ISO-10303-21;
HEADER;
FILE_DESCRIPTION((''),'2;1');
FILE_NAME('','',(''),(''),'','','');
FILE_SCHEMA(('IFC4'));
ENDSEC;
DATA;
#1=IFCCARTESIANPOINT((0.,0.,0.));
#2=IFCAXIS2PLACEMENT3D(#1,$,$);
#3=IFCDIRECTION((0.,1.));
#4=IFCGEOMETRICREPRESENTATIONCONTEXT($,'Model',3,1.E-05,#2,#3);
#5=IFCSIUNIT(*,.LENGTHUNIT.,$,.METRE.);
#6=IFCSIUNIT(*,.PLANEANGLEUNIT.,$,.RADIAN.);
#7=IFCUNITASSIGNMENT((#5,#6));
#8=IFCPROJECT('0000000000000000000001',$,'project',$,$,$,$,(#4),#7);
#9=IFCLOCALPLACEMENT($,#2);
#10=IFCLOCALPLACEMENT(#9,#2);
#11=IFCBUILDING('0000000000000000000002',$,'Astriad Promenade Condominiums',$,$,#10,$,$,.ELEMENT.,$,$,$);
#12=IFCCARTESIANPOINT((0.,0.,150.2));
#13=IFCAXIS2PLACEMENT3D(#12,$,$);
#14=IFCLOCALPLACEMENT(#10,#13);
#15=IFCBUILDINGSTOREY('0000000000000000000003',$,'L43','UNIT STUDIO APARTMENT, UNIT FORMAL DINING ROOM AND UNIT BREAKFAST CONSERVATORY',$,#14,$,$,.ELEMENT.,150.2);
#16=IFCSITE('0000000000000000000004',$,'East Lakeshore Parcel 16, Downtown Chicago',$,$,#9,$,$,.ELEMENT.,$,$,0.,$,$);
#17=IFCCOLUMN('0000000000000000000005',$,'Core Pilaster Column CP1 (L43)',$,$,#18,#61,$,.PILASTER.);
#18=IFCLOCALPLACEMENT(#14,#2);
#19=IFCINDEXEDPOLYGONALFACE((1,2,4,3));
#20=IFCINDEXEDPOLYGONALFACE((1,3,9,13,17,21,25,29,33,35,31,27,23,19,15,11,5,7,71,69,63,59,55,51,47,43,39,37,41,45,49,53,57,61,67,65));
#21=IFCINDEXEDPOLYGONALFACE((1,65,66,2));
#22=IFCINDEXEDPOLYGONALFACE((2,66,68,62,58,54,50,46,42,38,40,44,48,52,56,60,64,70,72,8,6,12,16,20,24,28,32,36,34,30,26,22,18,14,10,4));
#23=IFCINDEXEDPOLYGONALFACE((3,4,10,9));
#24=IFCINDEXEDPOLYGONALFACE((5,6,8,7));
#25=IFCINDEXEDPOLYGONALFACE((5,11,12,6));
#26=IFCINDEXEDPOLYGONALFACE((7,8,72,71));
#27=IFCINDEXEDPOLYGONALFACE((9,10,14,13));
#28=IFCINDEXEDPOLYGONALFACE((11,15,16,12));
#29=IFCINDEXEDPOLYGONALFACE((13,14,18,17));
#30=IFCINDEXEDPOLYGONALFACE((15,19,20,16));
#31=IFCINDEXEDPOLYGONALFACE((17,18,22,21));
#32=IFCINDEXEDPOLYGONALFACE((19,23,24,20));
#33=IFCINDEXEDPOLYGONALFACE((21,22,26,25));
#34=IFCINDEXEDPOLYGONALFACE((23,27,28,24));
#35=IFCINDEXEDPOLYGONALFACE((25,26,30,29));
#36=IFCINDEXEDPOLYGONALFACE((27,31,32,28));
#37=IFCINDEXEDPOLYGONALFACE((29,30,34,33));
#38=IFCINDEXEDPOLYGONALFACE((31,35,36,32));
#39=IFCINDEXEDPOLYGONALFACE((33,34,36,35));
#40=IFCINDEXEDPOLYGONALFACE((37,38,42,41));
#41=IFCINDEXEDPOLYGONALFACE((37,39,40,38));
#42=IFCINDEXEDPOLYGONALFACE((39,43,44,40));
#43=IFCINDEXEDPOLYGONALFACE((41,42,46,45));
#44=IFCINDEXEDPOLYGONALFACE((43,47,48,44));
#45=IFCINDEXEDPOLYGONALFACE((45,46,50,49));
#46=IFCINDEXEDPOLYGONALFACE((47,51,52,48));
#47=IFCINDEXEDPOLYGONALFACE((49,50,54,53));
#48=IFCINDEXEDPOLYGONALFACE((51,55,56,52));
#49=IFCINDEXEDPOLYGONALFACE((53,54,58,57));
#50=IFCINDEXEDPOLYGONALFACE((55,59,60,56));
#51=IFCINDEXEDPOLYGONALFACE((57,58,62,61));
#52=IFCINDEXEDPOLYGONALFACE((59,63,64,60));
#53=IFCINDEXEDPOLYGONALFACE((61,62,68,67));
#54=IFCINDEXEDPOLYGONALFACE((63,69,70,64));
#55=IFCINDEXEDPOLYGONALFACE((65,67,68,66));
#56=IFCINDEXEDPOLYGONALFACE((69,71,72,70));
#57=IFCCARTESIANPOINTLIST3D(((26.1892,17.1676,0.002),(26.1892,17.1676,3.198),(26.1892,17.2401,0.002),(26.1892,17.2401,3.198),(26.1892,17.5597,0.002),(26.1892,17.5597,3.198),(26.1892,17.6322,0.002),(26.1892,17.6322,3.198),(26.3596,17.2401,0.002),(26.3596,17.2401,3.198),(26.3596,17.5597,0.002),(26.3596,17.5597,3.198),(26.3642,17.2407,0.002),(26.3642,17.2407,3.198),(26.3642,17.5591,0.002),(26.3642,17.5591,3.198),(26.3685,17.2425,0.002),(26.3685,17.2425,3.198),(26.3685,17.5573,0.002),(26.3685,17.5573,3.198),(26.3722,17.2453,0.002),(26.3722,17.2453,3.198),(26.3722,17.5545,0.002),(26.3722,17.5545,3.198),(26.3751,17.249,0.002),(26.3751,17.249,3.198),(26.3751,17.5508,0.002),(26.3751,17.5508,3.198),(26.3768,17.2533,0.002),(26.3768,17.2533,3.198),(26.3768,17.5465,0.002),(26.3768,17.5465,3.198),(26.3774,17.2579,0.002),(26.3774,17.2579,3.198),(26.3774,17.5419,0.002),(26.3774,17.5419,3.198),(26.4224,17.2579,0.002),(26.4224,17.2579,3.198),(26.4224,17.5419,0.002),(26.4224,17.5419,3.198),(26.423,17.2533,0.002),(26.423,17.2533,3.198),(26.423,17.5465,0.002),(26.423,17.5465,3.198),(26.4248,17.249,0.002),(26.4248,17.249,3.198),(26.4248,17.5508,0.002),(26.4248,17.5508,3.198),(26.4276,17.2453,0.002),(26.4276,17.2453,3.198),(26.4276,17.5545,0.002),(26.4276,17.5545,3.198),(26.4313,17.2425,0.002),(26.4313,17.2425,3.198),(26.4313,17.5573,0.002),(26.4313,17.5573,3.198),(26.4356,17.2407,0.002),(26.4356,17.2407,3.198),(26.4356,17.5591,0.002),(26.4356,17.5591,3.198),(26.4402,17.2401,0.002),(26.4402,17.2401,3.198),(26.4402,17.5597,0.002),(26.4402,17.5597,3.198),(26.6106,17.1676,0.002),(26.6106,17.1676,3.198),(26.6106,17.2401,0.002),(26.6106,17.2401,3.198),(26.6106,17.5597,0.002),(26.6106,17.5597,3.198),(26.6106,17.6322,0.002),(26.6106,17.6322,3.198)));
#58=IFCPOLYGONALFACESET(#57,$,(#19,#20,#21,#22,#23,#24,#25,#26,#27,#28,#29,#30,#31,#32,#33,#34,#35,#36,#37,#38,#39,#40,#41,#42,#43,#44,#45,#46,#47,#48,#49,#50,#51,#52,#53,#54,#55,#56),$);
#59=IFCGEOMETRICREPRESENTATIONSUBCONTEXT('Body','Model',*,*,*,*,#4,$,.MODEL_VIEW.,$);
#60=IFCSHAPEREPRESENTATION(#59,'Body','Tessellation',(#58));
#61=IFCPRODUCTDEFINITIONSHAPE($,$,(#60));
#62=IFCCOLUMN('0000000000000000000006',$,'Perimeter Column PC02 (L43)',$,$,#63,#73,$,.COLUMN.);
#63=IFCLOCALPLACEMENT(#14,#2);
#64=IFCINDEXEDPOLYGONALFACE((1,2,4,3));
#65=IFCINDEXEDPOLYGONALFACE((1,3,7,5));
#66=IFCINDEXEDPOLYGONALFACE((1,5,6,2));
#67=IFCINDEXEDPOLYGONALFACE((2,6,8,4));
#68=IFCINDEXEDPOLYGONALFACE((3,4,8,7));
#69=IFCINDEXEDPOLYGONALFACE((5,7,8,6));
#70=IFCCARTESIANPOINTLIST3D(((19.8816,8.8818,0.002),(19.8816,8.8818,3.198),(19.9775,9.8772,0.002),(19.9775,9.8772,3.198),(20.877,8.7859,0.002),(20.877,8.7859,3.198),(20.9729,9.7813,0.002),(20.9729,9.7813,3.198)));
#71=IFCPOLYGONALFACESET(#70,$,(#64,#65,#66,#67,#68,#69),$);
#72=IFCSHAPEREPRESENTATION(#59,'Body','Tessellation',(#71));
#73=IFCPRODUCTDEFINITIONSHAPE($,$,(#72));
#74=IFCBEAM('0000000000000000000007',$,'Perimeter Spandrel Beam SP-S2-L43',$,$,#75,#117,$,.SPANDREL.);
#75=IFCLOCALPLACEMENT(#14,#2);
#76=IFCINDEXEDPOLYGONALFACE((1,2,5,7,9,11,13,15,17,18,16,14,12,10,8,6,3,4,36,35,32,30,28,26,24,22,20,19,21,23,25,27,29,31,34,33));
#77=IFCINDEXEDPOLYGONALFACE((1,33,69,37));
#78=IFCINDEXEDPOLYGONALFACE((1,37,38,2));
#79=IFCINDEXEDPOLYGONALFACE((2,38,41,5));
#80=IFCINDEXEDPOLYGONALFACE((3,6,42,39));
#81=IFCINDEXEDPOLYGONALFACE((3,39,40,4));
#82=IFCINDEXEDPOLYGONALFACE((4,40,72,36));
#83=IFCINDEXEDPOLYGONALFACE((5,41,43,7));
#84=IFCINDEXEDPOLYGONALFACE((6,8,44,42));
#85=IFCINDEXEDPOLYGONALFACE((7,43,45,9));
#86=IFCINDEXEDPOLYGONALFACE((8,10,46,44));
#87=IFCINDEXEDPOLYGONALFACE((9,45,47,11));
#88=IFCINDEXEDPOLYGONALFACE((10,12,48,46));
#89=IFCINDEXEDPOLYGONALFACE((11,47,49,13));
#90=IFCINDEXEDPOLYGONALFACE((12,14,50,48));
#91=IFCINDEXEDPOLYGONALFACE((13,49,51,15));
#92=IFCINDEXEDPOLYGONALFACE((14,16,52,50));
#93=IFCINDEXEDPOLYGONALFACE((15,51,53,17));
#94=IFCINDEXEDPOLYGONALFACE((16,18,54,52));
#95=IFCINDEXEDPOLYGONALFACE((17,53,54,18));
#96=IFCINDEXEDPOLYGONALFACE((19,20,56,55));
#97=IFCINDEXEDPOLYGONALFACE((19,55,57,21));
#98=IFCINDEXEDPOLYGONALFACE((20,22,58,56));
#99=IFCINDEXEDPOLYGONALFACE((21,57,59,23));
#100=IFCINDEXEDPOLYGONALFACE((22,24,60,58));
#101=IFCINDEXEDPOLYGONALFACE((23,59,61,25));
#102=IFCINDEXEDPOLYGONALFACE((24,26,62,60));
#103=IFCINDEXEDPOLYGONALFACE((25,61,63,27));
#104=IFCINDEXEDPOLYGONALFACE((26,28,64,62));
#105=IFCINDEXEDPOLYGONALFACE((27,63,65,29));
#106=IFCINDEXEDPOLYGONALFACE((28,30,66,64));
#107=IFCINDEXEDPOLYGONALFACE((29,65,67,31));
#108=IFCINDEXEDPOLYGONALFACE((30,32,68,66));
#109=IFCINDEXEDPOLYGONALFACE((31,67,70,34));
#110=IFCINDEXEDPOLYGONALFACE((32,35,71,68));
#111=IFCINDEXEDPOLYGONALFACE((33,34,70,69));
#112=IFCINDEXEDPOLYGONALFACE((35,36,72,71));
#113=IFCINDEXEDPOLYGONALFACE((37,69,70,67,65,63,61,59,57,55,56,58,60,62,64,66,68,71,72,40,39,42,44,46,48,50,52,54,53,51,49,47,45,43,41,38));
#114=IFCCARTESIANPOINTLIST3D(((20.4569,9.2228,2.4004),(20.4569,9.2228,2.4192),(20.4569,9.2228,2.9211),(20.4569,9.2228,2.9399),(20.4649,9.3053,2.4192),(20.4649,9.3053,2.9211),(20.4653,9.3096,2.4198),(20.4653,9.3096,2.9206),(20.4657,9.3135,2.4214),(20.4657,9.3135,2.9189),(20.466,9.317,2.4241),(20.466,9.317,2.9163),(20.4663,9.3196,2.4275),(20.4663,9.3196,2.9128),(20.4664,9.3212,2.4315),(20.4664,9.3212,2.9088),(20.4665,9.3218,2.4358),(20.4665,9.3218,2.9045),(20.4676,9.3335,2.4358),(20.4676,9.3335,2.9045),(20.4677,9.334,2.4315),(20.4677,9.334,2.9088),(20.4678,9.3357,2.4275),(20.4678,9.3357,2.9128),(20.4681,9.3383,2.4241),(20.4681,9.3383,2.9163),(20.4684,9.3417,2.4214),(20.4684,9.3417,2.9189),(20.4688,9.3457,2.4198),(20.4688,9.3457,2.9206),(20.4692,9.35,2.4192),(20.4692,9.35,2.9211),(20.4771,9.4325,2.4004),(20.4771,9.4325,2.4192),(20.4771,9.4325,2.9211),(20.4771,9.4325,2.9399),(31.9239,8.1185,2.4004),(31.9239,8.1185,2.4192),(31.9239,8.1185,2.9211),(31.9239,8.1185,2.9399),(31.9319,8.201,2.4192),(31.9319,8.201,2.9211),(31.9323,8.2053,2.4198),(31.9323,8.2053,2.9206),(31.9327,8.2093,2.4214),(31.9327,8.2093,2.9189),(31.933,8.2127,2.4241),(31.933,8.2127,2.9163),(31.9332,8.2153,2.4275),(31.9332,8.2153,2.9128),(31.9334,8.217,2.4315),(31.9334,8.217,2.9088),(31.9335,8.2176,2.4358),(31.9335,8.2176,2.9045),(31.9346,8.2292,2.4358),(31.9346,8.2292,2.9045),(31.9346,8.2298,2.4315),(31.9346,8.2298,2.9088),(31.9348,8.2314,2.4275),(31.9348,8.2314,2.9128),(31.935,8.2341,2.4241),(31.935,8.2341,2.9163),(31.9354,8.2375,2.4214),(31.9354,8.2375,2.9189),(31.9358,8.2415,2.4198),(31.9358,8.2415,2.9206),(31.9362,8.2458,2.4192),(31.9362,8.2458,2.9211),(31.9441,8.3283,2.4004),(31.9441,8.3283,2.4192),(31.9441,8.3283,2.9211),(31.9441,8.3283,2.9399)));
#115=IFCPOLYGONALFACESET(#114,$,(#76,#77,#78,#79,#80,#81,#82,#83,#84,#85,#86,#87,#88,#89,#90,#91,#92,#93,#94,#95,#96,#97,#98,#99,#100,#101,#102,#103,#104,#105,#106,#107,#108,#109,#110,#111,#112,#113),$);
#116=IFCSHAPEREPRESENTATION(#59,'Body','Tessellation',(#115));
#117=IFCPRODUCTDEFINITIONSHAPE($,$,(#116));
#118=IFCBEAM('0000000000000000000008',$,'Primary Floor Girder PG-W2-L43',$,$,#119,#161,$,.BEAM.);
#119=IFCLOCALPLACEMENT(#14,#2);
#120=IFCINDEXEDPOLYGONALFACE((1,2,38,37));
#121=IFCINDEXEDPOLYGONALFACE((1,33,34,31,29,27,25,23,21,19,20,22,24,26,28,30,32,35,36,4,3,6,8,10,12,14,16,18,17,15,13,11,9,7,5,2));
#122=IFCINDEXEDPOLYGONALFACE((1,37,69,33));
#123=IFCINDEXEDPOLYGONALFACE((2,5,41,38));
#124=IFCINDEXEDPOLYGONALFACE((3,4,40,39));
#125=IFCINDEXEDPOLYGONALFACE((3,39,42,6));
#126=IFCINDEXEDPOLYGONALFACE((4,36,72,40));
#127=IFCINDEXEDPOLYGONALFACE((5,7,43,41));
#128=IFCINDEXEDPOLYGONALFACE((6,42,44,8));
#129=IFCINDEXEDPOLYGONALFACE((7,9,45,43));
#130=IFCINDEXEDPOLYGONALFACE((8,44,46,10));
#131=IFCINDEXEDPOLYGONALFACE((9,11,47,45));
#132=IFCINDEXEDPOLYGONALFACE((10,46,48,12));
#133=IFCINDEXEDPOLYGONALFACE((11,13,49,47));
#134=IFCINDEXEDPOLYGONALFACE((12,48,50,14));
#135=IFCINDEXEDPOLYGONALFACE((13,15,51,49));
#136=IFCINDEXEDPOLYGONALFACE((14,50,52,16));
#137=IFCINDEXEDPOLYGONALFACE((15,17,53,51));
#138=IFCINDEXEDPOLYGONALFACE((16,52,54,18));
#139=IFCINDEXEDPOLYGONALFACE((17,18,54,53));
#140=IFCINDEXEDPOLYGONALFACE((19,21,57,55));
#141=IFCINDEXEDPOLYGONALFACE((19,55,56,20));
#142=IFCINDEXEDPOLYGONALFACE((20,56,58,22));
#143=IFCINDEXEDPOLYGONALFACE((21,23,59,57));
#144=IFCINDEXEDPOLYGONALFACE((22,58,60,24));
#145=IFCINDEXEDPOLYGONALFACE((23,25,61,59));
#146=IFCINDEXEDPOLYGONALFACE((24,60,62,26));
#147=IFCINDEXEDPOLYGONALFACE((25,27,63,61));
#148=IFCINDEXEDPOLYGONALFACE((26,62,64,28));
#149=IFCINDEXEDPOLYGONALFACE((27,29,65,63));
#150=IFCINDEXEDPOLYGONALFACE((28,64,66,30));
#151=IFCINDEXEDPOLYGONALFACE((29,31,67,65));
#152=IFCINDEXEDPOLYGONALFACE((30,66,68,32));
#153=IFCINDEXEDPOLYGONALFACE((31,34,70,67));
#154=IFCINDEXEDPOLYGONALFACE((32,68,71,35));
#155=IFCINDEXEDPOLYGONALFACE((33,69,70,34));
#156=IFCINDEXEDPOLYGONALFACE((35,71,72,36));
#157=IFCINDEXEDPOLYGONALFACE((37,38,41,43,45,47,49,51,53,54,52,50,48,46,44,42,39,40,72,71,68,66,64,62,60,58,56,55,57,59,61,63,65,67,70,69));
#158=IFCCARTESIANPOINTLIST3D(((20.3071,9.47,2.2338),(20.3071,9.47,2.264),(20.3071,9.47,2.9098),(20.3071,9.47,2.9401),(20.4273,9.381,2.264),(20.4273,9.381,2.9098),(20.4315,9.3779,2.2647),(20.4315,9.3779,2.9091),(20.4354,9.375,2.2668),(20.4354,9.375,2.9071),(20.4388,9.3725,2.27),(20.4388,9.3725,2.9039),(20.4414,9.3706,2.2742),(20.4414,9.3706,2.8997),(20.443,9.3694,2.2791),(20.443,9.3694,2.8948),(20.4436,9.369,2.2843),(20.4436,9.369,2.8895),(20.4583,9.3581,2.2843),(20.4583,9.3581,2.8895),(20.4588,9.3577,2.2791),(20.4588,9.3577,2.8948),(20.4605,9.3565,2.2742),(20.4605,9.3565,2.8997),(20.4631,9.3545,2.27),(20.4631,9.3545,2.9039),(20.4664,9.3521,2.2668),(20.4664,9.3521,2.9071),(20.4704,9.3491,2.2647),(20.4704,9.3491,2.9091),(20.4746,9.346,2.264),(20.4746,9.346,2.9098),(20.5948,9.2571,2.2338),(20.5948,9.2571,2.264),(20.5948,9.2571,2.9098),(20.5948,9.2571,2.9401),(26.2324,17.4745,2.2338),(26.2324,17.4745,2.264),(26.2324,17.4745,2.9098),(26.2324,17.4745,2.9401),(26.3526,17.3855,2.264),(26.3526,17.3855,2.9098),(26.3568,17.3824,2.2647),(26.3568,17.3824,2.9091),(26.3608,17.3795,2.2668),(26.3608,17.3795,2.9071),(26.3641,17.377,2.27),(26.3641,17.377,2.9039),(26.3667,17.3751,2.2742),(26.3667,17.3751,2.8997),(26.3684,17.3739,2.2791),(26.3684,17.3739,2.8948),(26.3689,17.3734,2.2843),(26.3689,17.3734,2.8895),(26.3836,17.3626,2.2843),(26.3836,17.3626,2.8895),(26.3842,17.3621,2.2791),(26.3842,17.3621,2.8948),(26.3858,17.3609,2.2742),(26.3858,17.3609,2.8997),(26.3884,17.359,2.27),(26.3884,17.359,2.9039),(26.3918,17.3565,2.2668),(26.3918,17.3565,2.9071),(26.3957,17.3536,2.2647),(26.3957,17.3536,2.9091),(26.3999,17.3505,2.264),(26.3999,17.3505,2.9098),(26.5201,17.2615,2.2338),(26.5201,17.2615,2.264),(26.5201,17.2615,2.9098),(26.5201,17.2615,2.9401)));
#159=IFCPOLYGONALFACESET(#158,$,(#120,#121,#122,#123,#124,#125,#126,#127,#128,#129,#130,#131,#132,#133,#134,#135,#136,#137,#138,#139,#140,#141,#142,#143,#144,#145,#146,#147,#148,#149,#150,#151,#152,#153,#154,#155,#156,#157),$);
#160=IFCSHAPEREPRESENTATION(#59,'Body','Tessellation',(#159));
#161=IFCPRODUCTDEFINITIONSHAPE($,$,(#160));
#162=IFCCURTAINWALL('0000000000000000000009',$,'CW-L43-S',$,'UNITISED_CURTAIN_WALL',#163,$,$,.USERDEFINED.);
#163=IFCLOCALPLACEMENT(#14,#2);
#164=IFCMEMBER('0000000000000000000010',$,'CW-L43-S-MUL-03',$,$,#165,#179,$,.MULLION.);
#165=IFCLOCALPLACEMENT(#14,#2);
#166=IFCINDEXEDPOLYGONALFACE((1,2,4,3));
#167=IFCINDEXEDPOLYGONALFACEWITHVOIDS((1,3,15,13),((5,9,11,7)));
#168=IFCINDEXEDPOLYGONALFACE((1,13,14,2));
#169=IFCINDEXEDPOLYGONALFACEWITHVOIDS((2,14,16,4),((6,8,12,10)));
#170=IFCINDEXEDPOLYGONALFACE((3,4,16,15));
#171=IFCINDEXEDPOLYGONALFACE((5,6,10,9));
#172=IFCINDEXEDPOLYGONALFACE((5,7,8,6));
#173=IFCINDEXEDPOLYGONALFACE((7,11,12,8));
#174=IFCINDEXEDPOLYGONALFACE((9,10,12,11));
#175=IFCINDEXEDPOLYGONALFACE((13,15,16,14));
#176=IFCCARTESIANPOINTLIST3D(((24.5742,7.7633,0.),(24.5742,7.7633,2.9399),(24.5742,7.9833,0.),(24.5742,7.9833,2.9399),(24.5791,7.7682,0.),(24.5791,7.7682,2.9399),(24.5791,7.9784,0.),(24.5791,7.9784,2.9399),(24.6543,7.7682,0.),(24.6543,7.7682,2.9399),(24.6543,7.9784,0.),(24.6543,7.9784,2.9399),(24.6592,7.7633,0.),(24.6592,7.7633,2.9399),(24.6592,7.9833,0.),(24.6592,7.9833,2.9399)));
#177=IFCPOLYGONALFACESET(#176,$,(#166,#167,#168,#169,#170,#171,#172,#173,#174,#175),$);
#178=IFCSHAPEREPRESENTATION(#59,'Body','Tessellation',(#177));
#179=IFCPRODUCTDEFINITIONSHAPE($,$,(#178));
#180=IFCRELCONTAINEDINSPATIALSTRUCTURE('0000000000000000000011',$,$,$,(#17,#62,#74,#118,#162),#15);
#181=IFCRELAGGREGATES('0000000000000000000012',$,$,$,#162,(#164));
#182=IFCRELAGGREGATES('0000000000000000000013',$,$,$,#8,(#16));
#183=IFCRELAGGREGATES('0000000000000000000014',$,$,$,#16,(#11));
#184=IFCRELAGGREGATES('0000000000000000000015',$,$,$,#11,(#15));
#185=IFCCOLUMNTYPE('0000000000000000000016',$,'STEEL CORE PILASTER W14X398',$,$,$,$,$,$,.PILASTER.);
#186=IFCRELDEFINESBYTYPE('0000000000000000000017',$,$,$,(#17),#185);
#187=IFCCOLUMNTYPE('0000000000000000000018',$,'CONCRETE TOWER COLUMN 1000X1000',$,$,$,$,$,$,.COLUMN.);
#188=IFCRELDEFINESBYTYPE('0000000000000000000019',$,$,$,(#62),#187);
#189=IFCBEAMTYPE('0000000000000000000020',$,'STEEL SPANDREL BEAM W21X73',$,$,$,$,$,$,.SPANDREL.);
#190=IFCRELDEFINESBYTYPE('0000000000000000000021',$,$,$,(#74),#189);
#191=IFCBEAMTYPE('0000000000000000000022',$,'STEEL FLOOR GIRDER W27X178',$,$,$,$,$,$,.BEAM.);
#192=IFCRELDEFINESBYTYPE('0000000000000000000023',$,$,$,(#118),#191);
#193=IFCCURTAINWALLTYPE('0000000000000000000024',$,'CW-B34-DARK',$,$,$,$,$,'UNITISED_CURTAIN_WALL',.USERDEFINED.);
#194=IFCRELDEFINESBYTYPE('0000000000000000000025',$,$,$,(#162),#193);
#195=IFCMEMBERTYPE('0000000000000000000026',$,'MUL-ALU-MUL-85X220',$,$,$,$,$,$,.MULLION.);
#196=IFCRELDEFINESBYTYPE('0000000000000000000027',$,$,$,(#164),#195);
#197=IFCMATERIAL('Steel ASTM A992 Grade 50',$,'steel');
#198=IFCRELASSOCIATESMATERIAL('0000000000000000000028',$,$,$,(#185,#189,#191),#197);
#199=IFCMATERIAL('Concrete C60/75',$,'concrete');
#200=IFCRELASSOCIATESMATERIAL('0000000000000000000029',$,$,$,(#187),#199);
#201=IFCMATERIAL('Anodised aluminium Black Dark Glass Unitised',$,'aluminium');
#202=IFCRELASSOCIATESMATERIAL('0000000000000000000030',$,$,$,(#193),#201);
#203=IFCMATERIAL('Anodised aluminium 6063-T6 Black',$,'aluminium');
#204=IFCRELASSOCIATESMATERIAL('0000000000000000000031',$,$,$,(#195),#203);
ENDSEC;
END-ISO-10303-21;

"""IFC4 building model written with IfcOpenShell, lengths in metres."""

from ifc_helpers import new_model, si_unit, direction, frame, origin, origin_2d, place, context, subcontext, project, spatial, rectangle, hollow_rectangle, i_section, extrude, source, transform, mapped, material, material_profile, profile_set, type_object, type_shapes, element, aggregate, save


model = new_model("IFC4")

# Units and contexts
model_context = context("Model", 3, precision=1e-05, world=origin(), true_north=direction((0.0, 1.0)))
body_context = subcontext(model_context, "Body", "Model", "MODEL_VIEW")
ifc_project = project(units=[si_unit("LENGTHUNIT", "METRE"), si_unit("PLANEANGLEUNIT", "RADIAN")], contexts=[model_context])

# Site, building, storey
site_placement = place(None, origin())
site = spatial("IfcSite", under=ifc_project, at=site_placement, Name="East Lakeshore Parcel 16, Downtown Chicago", CompositionType="ELEMENT", RefElevation=0.0)
building_placement = place(site_placement, origin())
building = spatial("IfcBuilding", under=site, at=building_placement, Name="Astriad Promenade Condominiums", CompositionType="ELEMENT")
storey_placement = place(building_placement, frame((0.0, 0.0, 150.2)))
storey = spatial("IfcBuildingStorey", under=building, at=storey_placement, Name="L43", Description="UNIT STUDIO APARTMENT, UNIT FORMAL DINING ROOM AND UNIT BREAKFAST CONSERVATORY", CompositionType="ELEMENT", Elevation=150.2)

# Columns
ifc_material_1 = material(Name="Steel ASTM A992 Grade 50", Category="steel")
ifc_material_profile_1 = material_profile(ifc_material_1, i_section(OverallWidth=0.4214, OverallDepth=0.4646, WebThickness=0.0449, FlangeThickness=0.0725, FilletRadius=0.0178, at=origin_2d()), Name="W14X398")
ifc_profile_set_1 = profile_set([ifc_material_profile_1], Name="Steel ASTM A992 Grade 50")
column_type_1 = type_object("IfcColumnType", Name="STEEL CORE PILASTER W14X398", PredefinedType="PILASTER", material=ifc_profile_set_1)
shared_shape_1 = source(origin(), body_context, "Body", "SweptSolid", [
    extrude(i_section(OverallWidth=0.4214, OverallDepth=0.4646, WebThickness=0.0449, FlangeThickness=0.0725, FilletRadius=0.0178, at=origin_2d()), origin(), (0.0, 0.0, 1.0), 3.196),
])
type_shapes(column_type_1, [shared_shape_1])
column_1_placement = place(storey_placement, frame((26.3999, 17.3999, 0.002), z_axis=(0.0, 0.0, 1.0), x_axis=(1.0, 0.0, 0.0)))
element("IfcColumn", 1, at=column_1_placement, inside=storey, type_object=column_type_1, Name="Core Pilaster Column CP1 (L43)", PredefinedType="PILASTER", context=body_context, shape_type="MappedRepresentation", body=[
    mapped(shared_shape_1, transform((0.0, 0.0, 0.0), scale=1.0)),
])
ifc_material_2 = material(Name="Concrete C60/75", Category="concrete")
ifc_material_profile_2 = material_profile(ifc_material_2, rectangle(XDim=1.0, YDim=1.0, at=origin_2d()), Name="RC-COL-1000X1000")
ifc_profile_set_2 = profile_set([ifc_material_profile_2], Name="Concrete C60/75")
column_type_2 = type_object("IfcColumnType", Name="CONCRETE TOWER COLUMN 1000X1000", PredefinedType="COLUMN", material=ifc_profile_set_2)
shared_shape_2 = source(origin(), body_context, "Body", "SweptSolid", [
    extrude(rectangle(XDim=1.0, YDim=1.0, at=origin_2d()), origin(), (0.0, 0.0, 1.0), 3.196),
])
type_shapes(column_type_2, [shared_shape_2])
column_2_placement = place(storey_placement, frame((20.4272, 9.3315, 0.002), z_axis=(0.0, 0.0, 1.0), x_axis=(0.995396, -0.095846, 0.0)))
element("IfcColumn", 2, at=column_2_placement, inside=storey, type_object=column_type_2, Name="Perimeter Column PC02 (L43)", PredefinedType="COLUMN", context=body_context, shape_type="MappedRepresentation", body=[
    mapped(shared_shape_2, transform((0.0, 0.0, 0.0), scale=1.0)),
])

# Beams
ifc_material_profile_3 = material_profile(ifc_material_1, i_section(OverallWidth=0.2107, OverallDepth=0.5396, WebThickness=0.0117, FlangeThickness=0.0188, FilletRadius=0.0166, at=origin_2d()), Name="W21X73")
ifc_profile_set_3 = profile_set([ifc_material_profile_3], Name="Steel ASTM A992 Grade 50")
beam_type_1 = type_object("IfcBeamType", Name="STEEL SPANDREL BEAM W21X73", PredefinedType="SPANDREL", material=ifc_profile_set_3)
shared_shape_3 = source(origin(), body_context, "Body", "SweptSolid", [
    extrude(i_section(OverallWidth=0.2107, OverallDepth=0.5396, WebThickness=0.0117, FlangeThickness=0.0188, FilletRadius=0.0166, at=origin_2d()), origin(), (0.0, 0.0, 1.0), 11.52),
])
type_shapes(beam_type_1, [shared_shape_3])
beam_1_placement = place(storey_placement, frame((20.467, 9.3276, 2.6702), z_axis=(0.995395, -0.095854, 0.0), x_axis=(0.095854, 0.995395, 0.0)))
element("IfcBeam", 3, at=beam_1_placement, inside=storey, type_object=beam_type_1, Name="Perimeter Spandrel Beam SP-S2-L43", PredefinedType="SPANDREL", context=body_context, shape_type="MappedRepresentation", body=[
    mapped(shared_shape_3, transform((0.0, 0.0, 0.0), scale=1.0)),
])
ifc_material_profile_4 = material_profile(ifc_material_1, i_section(OverallWidth=0.3579, OverallDepth=0.7063, WebThickness=0.0183, FlangeThickness=0.0303, FilletRadius=0.0203, at=origin_2d()), Name="W27X178")
ifc_profile_set_4 = profile_set([ifc_material_profile_4], Name="Steel ASTM A992 Grade 50")
beam_type_2 = type_object("IfcBeamType", Name="STEEL FLOOR GIRDER W27X178", PredefinedType="BEAM", material=ifc_profile_set_4)
shared_shape_4 = source(origin(), body_context, "Body", "SweptSolid", [
    extrude(i_section(OverallWidth=0.3579, OverallDepth=0.7063, WebThickness=0.0183, FlangeThickness=0.0303, FilletRadius=0.0203, at=origin_2d()), origin(), (0.0, 0.0, 1.0), 9.959),
])
type_shapes(beam_type_2, [shared_shape_4])
beam_2_placement = place(storey_placement, frame((20.4509, 9.3635, 2.5869), z_axis=(0.594975, 0.803744, 0.0), x_axis=(-0.803744, 0.594975, 0.0)))
element("IfcBeam", 4, at=beam_2_placement, inside=storey, type_object=beam_type_2, Name="Primary Floor Girder PG-W2-L43", PredefinedType="BEAM", context=body_context, shape_type="MappedRepresentation", body=[
    mapped(shared_shape_4, transform((0.0, 0.0, 0.0), scale=1.0)),
])

# Curtain wall, member
ifc_material_3 = material(Name="Anodised aluminium Black Dark Glass Unitised", Category="aluminium")
curtain_wall_type = type_object("IfcCurtainWallType", Name="CW-B34-DARK", ElementType="UNITISED_CURTAIN_WALL", PredefinedType="USERDEFINED", material=ifc_material_3)
curtain_wall_placement = place(storey_placement, origin())
curtain_wall = element("IfcCurtainWall", 5, at=curtain_wall_placement, inside=storey, type_object=curtain_wall_type, Name="CW-L43-S", ObjectType="UNITISED_CURTAIN_WALL", PredefinedType="USERDEFINED")
ifc_material_4 = material(Name="Anodised aluminium 6063-T6 Black", Category="aluminium")
ifc_material_profile_5 = material_profile(ifc_material_4, hollow_rectangle(XDim=0.085, YDim=0.22, WallThickness=0.0049, at=origin_2d()), Name="ALU-MUL-85X220")
ifc_profile_set_5 = profile_set([ifc_material_profile_5], Name="Anodised aluminium 6063-T6 Black")
member_type = type_object("IfcMemberType", Name="MUL-ALU-MUL-85X220", PredefinedType="MULLION", material=ifc_profile_set_5)
shared_shape_5 = source(origin(), body_context, "Body", "SweptSolid", [
    extrude(hollow_rectangle(XDim=0.085, YDim=0.22, WallThickness=0.0049, at=origin_2d()), origin(), (0.0, 0.0, 1.0), 2.9399),
])
type_shapes(member_type, [shared_shape_5])
member_placement = place(storey_placement, frame((24.6167, 7.8733, 0.0), z_axis=(0.0, 0.0, 1.0), x_axis=(1.0, 0.0, 0.0)))
member = element("IfcMember", 6, at=member_placement, type_object=member_type, Name="CW-L43-S-MUL-03", PredefinedType="MULLION", context=body_context, shape_type="MappedRepresentation", body=[
    mapped(shared_shape_5, transform((0.0, 0.0, 0.0), scale=1.0)),
])
aggregate(curtain_wall, [member])

save(model, "model.ifc")
